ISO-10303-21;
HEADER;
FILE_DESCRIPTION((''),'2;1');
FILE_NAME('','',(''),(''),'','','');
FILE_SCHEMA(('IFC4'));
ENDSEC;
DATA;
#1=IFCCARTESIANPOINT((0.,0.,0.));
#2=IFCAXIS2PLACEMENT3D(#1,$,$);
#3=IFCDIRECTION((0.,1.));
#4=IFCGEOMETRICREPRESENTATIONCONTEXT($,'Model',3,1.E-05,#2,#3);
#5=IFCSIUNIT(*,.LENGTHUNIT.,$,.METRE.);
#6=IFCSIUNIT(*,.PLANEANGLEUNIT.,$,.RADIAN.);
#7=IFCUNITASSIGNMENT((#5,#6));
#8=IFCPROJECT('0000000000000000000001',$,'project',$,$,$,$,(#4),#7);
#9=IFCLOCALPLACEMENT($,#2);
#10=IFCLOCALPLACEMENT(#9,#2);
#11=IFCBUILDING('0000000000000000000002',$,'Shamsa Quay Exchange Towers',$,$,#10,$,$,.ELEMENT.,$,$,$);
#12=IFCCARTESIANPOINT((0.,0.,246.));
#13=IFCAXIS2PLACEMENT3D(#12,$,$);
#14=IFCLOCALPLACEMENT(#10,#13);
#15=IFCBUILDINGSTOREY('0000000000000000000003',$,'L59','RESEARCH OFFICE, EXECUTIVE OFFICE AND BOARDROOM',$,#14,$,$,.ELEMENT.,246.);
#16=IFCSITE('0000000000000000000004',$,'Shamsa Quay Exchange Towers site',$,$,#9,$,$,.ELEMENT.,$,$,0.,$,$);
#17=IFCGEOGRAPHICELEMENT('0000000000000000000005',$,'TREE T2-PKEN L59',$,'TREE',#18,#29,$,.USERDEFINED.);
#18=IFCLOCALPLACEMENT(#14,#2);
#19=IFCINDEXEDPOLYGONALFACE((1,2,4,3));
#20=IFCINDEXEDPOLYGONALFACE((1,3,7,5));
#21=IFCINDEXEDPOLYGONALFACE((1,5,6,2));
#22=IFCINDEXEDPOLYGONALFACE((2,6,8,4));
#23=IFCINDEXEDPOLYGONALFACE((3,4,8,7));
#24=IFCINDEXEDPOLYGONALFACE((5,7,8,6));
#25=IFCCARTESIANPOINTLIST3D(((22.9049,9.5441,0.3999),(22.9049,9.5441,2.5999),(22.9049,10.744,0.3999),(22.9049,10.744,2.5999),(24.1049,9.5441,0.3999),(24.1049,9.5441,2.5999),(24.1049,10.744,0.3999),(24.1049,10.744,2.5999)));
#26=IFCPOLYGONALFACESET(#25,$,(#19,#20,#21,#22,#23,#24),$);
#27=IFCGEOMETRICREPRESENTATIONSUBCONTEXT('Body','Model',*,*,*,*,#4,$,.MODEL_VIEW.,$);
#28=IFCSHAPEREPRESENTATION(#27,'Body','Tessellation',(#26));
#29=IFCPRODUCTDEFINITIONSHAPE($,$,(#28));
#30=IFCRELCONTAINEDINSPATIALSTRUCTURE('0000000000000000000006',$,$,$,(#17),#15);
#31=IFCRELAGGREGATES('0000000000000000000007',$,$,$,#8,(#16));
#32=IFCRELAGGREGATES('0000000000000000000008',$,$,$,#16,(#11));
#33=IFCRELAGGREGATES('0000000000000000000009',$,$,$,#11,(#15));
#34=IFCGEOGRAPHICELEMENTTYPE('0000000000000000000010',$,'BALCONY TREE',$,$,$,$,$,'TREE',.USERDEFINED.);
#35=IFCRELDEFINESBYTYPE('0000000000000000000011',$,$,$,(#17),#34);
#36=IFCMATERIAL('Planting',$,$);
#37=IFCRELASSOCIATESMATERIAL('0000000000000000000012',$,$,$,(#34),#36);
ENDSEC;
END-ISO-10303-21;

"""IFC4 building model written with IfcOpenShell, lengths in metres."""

from ifc_helpers import new_model, si_unit, direction, frame, origin, origin_2d, place, context, subcontext, project, spatial, rectangle, extrude, material, type_object, element, save


model = new_model("IFC4")

# Units and contexts
model_context = context("Model", 3, precision=1e-05, world=origin(), true_north=direction((0.0, 1.0)))
body_context = subcontext(model_context, "Body", "Model", "MODEL_VIEW")
ifc_project = project(units=[si_unit("LENGTHUNIT", "METRE"), si_unit("PLANEANGLEUNIT", "RADIAN")], contexts=[model_context])

# Site, building, storey
site_placement = place(None, origin())
site = spatial("IfcSite", under=ifc_project, at=site_placement, Name="Shamsa Quay Exchange Towers site", CompositionType="ELEMENT", RefElevation=0.0)
building_placement = place(site_placement, origin())
building = spatial("IfcBuilding", under=site, at=building_placement, Name="Shamsa Quay Exchange Towers", CompositionType="ELEMENT")
storey_placement = place(building_placement, frame((0.0, 0.0, 246.0)))
storey = spatial("IfcBuildingStorey", under=building, at=storey_placement, Name="L59", Description="RESEARCH OFFICE, EXECUTIVE OFFICE AND BOARDROOM", CompositionType="ELEMENT", Elevation=246.0)

# Geographic element
ifc_material_1 = material(Name="Planting")
geographic_element_type = type_object("IfcGeographicElementType", Name="BALCONY TREE", ElementType="TREE", PredefinedType="USERDEFINED", material=ifc_material_1)
geographic_element_placement = place(storey_placement, frame((23.5049, 10.144, 0.3999), z_axis=(0.0, 0.0, 1.0), x_axis=(0.0, -1.0, 0.0)))
element("IfcGeographicElement", 1, at=geographic_element_placement, inside=storey, type_object=geographic_element_type, Name="TREE T2-PKEN L59", ObjectType="TREE", PredefinedType="USERDEFINED", context=body_context, shape_type="SweptSolid", body=[
    extrude(rectangle(XDim=1.2, YDim=1.2, at=origin_2d()), origin(), (0.0, 0.0, 1.0), 2.2),
])

save(model, "model.ifc")
